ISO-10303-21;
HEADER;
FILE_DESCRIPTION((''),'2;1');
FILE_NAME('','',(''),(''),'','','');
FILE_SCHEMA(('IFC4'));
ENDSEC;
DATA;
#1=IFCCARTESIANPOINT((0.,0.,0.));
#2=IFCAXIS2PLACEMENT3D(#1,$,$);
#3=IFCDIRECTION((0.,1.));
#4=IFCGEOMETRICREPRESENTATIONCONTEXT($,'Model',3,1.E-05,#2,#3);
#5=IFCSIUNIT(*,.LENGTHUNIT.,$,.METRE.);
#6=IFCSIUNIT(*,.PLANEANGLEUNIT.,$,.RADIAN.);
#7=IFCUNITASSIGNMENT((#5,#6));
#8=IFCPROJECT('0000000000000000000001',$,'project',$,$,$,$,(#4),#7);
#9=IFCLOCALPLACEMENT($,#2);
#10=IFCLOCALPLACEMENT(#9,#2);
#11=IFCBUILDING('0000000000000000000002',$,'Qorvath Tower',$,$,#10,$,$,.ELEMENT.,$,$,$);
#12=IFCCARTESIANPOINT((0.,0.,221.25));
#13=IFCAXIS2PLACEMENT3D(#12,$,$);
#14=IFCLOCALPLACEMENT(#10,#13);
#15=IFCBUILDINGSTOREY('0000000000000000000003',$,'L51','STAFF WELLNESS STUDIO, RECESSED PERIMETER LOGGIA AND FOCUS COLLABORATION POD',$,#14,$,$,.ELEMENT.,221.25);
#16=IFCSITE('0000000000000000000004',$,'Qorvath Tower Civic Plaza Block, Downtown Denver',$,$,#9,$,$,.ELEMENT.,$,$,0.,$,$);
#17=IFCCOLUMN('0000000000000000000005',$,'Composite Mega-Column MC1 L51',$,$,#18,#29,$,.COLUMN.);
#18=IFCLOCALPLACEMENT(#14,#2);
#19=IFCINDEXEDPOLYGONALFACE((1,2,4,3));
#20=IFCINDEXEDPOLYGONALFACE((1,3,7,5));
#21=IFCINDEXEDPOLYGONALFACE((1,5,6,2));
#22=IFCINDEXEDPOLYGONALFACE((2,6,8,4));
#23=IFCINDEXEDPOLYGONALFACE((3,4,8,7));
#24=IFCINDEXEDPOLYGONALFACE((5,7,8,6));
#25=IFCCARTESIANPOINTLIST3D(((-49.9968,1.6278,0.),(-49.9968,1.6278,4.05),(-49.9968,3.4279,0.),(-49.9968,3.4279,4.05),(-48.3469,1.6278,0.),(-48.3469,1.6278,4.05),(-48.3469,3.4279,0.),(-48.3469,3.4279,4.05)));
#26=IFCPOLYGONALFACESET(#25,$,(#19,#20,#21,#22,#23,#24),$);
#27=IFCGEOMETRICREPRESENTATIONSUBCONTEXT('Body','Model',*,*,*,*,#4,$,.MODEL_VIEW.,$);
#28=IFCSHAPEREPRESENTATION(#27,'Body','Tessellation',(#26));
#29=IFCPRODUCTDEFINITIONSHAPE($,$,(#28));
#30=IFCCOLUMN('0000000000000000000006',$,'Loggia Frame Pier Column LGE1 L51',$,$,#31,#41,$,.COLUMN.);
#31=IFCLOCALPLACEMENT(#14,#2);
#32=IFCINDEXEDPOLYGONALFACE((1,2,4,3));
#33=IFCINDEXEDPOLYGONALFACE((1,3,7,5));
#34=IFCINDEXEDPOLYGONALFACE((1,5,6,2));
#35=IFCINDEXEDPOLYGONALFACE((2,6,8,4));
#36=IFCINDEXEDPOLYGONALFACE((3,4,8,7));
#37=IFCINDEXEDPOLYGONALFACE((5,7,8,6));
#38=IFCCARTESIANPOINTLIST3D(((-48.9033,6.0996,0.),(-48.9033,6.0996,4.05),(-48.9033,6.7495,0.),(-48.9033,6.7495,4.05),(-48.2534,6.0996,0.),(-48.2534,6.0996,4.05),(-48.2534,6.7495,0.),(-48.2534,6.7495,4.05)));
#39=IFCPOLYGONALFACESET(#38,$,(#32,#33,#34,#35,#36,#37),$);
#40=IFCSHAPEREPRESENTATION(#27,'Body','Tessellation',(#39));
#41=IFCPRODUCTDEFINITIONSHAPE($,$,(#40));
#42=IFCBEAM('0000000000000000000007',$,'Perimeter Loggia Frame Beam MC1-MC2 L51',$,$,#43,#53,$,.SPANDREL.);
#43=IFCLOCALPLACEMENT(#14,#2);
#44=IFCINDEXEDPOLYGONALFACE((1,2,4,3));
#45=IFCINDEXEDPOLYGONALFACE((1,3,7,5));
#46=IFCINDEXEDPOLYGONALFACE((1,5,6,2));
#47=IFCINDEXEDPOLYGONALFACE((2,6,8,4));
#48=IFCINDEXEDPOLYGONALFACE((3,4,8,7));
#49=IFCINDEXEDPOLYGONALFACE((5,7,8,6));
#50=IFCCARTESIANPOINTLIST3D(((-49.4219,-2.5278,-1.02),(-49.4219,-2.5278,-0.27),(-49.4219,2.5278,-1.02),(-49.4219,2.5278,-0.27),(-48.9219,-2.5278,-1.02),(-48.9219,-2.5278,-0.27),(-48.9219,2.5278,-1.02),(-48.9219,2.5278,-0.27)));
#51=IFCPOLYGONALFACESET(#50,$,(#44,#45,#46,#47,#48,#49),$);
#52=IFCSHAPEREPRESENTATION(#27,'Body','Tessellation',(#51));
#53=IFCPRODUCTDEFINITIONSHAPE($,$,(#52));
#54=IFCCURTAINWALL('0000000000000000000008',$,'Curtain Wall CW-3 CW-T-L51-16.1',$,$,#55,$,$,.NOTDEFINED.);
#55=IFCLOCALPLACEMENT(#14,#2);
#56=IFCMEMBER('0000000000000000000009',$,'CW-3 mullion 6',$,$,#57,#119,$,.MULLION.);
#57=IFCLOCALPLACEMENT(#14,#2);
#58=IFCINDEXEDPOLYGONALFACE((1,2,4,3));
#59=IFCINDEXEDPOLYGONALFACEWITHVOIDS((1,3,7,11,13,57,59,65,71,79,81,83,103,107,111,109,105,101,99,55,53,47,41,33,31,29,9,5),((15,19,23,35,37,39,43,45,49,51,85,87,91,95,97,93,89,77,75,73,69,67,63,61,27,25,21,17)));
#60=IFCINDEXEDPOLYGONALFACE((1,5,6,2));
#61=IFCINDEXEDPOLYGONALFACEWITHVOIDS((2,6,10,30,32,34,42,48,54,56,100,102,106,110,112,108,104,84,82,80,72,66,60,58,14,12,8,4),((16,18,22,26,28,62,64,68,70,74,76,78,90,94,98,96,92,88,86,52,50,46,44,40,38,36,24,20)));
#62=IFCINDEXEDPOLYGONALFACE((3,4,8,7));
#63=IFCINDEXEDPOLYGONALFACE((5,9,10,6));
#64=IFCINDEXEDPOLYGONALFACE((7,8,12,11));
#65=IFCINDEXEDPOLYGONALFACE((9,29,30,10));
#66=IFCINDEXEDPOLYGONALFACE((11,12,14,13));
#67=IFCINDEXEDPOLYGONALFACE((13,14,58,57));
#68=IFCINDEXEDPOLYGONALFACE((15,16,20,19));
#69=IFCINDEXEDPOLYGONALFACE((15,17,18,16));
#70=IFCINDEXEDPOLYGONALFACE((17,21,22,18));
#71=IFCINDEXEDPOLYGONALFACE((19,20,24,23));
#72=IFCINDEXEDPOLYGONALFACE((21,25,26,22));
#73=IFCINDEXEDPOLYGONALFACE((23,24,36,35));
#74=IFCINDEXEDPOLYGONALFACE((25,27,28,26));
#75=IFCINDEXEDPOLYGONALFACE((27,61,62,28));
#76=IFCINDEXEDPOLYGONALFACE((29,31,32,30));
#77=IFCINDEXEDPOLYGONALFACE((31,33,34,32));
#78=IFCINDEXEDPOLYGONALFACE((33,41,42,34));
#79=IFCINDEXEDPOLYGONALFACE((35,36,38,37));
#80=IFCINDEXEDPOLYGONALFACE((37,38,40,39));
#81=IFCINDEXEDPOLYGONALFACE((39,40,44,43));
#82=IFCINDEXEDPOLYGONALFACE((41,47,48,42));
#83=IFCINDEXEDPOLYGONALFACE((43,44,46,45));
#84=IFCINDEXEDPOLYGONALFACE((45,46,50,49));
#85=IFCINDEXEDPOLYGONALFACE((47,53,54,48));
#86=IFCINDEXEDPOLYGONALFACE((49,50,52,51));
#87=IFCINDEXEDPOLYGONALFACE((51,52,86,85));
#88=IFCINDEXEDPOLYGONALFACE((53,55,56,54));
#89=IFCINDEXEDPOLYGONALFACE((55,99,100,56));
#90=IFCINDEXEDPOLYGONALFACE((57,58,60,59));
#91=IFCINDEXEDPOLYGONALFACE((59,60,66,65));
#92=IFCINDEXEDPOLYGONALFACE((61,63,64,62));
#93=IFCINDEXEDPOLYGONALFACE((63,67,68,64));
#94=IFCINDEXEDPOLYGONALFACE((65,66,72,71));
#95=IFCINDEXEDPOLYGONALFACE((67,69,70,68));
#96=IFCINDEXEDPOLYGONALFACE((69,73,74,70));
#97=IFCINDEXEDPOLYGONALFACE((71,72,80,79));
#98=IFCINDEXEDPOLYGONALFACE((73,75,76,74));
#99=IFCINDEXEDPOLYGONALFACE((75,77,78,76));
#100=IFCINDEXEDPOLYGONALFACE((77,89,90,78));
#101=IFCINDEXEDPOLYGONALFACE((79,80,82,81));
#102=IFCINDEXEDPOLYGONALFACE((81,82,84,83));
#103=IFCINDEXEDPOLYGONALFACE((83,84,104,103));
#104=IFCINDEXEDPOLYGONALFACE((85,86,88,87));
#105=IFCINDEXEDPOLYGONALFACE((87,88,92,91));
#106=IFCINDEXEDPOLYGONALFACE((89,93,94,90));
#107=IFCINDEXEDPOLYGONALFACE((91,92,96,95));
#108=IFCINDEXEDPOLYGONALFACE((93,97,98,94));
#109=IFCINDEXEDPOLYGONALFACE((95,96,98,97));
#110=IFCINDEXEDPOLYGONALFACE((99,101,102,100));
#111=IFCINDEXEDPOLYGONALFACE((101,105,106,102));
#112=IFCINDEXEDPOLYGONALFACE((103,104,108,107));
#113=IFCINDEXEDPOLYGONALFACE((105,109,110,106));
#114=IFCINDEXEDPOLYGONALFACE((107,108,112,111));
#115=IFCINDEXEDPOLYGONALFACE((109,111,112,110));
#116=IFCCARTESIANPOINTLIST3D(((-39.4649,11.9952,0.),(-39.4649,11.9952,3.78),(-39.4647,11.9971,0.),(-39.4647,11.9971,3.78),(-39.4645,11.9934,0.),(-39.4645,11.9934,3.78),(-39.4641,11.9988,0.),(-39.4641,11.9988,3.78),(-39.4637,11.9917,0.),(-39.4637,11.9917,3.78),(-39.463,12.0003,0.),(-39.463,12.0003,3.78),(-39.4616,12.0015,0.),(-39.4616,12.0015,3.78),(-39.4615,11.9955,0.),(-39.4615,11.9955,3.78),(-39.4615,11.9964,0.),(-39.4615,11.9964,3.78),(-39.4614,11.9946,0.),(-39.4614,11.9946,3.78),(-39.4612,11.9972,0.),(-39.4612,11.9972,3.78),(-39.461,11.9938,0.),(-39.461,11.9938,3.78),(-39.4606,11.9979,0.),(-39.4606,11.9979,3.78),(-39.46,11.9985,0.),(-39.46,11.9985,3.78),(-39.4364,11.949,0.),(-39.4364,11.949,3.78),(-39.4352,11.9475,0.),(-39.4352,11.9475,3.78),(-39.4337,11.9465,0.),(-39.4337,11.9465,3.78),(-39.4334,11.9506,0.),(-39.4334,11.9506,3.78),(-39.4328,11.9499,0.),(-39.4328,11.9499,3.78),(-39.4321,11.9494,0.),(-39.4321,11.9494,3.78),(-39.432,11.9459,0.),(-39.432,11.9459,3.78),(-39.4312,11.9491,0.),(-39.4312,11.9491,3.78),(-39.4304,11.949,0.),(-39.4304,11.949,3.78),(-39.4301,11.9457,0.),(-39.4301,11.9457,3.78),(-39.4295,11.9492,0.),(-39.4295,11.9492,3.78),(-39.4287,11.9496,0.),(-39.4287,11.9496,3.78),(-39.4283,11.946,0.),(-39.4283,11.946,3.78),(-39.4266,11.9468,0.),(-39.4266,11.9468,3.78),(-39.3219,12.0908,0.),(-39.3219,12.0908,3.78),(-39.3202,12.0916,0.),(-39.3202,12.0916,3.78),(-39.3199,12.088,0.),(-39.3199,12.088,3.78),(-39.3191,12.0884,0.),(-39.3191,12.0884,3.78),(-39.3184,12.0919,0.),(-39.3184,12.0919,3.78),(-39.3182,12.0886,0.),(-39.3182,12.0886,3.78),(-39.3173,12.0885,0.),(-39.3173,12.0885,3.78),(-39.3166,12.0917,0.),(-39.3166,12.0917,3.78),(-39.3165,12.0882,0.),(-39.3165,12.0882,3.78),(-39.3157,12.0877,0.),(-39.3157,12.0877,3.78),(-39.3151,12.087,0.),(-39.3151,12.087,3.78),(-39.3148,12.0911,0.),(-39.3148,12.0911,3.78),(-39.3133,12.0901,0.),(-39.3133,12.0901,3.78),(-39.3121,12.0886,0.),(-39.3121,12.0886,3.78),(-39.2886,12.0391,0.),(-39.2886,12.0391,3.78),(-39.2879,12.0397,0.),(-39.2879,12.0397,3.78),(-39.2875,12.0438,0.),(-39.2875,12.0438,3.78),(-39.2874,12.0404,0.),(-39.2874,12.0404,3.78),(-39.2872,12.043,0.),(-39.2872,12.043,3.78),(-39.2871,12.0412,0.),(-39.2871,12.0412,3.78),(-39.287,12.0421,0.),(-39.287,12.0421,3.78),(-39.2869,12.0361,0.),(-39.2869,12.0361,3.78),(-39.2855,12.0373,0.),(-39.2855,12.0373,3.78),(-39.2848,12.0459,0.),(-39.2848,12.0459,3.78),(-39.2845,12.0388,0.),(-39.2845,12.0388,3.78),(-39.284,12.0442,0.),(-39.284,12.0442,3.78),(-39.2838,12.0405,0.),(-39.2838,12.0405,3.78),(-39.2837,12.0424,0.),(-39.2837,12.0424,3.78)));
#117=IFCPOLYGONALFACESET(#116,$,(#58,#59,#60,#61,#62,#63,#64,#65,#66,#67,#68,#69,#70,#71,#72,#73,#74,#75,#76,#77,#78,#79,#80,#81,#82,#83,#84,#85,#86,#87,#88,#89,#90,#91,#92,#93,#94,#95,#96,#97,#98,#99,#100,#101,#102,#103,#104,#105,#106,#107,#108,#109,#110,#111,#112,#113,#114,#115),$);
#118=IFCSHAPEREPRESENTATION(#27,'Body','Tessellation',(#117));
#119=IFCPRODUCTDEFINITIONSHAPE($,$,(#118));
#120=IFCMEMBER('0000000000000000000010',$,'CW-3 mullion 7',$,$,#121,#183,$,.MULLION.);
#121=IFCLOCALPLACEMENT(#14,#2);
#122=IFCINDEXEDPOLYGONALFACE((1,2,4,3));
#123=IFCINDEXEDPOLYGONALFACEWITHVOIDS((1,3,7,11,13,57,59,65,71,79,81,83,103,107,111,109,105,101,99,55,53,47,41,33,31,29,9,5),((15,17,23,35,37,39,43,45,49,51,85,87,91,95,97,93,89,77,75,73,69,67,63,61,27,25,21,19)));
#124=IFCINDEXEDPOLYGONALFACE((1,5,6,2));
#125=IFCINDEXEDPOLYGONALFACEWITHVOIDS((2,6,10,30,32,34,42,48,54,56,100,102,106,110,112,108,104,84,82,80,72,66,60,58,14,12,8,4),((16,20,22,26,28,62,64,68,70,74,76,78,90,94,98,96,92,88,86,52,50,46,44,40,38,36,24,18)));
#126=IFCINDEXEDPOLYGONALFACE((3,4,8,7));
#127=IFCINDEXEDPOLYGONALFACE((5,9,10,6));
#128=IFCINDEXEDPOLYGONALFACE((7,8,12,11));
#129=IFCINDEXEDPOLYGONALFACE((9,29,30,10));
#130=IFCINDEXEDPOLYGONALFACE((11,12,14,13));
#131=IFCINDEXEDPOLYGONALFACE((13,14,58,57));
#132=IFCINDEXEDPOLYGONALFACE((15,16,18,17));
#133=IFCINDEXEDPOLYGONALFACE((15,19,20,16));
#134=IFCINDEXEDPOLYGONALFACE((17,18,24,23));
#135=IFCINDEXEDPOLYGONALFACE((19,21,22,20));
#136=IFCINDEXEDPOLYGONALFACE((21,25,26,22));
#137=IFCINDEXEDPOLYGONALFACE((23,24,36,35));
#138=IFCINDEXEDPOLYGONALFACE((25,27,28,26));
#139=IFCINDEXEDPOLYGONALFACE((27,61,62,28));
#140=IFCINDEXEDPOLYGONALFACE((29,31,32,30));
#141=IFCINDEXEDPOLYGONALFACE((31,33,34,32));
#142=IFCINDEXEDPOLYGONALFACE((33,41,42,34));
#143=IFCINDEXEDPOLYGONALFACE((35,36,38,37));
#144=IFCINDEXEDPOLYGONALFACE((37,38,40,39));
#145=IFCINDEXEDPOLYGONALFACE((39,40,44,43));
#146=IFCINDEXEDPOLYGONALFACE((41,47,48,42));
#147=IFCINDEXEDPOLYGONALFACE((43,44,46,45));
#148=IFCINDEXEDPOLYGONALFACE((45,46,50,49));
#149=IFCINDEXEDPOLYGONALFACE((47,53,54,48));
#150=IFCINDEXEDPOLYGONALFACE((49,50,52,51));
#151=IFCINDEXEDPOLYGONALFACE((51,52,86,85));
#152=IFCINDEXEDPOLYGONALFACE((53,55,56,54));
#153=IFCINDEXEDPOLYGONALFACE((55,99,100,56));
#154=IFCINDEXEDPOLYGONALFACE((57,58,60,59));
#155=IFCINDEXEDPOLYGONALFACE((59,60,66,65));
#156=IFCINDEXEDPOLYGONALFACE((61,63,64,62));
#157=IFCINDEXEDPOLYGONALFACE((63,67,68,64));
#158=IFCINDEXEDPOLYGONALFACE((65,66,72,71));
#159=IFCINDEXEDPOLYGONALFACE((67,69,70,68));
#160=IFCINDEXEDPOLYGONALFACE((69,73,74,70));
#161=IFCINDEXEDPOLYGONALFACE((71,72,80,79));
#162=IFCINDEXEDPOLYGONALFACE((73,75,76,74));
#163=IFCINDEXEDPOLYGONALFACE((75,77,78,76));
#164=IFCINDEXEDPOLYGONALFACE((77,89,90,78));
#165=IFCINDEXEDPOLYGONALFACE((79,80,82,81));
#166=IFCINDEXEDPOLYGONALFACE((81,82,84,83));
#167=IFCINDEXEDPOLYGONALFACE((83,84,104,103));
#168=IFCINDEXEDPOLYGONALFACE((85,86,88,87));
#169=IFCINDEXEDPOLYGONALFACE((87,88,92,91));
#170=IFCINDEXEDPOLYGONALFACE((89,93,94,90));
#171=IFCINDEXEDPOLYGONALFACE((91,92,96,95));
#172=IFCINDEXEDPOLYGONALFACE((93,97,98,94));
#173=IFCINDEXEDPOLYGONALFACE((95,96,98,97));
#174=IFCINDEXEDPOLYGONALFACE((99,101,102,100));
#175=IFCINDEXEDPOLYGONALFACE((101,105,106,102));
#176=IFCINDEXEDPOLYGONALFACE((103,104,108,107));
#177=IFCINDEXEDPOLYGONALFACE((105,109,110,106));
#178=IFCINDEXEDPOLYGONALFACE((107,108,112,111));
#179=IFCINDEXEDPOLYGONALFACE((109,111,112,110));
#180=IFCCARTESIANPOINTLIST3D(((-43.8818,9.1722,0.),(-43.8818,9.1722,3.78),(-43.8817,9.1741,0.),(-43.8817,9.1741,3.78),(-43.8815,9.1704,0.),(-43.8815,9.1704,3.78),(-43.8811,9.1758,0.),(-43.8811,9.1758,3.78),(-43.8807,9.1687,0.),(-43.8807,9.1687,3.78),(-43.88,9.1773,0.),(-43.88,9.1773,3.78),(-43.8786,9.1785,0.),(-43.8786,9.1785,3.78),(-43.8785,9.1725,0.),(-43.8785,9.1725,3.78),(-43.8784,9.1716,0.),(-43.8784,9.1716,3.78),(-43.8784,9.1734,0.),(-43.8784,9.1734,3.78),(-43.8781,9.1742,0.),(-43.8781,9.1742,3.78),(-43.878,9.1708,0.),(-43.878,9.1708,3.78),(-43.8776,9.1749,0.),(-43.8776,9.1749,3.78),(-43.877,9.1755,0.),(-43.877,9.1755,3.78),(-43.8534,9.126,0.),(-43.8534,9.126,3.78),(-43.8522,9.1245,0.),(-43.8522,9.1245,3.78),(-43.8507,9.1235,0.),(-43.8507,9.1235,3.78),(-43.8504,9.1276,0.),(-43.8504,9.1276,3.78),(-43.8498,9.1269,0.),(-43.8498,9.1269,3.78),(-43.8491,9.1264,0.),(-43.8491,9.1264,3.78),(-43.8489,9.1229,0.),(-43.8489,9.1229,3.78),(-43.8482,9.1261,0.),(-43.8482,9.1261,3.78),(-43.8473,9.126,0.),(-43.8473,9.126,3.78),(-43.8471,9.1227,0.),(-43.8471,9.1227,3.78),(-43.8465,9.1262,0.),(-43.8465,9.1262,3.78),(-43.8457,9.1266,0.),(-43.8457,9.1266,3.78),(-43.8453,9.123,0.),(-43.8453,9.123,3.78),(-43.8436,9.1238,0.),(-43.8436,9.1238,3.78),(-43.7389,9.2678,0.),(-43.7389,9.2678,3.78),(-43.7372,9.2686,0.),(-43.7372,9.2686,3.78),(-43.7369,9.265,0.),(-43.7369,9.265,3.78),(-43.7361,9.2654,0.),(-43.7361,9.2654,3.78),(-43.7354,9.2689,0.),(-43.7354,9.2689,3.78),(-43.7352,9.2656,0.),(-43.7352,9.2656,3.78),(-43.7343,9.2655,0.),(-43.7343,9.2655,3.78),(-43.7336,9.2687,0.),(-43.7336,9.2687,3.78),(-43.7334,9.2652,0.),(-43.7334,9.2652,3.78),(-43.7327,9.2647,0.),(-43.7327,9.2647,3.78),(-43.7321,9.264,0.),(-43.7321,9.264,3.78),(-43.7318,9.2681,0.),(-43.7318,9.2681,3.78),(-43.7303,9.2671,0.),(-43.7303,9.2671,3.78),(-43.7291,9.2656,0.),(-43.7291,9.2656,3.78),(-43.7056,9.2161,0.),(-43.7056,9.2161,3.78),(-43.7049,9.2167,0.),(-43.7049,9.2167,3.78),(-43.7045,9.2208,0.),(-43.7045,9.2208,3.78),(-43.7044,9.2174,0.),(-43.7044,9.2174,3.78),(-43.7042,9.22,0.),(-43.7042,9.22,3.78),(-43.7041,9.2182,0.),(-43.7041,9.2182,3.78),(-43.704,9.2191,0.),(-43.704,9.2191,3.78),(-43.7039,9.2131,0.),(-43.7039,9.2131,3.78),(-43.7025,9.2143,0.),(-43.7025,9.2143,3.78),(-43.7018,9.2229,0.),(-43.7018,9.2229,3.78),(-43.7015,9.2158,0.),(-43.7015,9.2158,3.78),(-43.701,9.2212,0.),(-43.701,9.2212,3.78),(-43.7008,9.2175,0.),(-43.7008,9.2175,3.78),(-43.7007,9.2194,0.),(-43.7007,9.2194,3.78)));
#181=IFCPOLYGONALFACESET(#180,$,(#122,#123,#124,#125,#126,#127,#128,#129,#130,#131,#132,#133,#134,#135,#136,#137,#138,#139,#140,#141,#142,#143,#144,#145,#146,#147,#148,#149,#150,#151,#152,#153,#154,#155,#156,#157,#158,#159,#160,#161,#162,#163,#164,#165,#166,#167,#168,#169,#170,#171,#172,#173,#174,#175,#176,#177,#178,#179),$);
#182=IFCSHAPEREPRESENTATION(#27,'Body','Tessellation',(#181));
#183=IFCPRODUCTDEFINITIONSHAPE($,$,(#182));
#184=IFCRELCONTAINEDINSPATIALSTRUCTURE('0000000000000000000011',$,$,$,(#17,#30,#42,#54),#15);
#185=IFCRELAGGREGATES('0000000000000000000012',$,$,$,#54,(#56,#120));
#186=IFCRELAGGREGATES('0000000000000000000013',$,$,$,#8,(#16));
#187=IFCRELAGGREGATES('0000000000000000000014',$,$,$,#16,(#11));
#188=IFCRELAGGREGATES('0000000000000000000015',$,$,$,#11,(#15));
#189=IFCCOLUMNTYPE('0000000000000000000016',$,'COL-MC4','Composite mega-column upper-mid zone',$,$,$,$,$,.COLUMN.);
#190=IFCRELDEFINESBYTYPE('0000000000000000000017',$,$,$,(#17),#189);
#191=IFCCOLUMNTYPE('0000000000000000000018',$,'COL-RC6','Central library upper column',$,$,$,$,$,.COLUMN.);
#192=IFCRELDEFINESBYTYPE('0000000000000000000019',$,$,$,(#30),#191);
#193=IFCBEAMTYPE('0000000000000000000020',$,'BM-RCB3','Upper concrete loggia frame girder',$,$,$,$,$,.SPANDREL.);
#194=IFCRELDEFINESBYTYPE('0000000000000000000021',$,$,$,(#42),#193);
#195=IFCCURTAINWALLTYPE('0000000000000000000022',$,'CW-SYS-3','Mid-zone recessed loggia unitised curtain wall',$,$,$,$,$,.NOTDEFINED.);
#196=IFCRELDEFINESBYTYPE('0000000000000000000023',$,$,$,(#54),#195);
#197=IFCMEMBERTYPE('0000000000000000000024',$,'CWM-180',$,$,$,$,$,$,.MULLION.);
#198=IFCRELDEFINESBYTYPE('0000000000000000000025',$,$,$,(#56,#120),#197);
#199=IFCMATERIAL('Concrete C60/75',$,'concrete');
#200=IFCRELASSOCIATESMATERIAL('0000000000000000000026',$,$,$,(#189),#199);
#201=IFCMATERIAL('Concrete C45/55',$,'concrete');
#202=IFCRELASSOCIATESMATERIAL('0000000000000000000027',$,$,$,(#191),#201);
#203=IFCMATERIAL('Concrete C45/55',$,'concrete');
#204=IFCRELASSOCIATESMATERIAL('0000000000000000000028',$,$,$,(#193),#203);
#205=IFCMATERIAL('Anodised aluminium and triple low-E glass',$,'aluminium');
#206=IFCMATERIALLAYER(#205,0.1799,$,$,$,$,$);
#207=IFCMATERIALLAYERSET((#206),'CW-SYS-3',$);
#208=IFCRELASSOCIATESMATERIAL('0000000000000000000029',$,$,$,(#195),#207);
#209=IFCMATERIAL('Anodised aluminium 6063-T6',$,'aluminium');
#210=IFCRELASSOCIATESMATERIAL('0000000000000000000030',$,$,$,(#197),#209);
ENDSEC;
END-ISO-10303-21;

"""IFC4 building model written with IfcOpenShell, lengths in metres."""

from ifc_helpers import new_model, si_unit, direction, frame, origin, origin_2d, place, context, subcontext, project, spatial, rectangle, hollow_rectangle, extrude, material, layer, layer_set, material_profile, profile_set, type_object, element, aggregate, save


model = new_model("IFC4")

# Units and contexts
model_context = context("Model", 3, precision=1e-05, world=origin(), true_north=direction((0.0, 1.0)))
body_context = subcontext(model_context, "Body", "Model", "MODEL_VIEW")
ifc_project = project(units=[si_unit("LENGTHUNIT", "METRE"), si_unit("PLANEANGLEUNIT", "RADIAN")], contexts=[model_context])

# Site, building, storey
site_placement = place(None, origin())
site = spatial("IfcSite", under=ifc_project, at=site_placement, Name="Qorvath Tower Civic Plaza Block, Downtown Denver", CompositionType="ELEMENT", RefElevation=0.0)
building_placement = place(site_placement, origin())
building = spatial("IfcBuilding", under=site, at=building_placement, Name="Qorvath Tower", CompositionType="ELEMENT")
storey_placement = place(building_placement, frame((0.0, 0.0, 221.25)))
storey = spatial("IfcBuildingStorey", under=building, at=storey_placement, Name="L51", Description="STAFF WELLNESS STUDIO, RECESSED PERIMETER LOGGIA AND FOCUS COLLABORATION POD", CompositionType="ELEMENT", Elevation=221.25)

# Columns
ifc_material_1 = material(Name="Concrete C60/75", Category="concrete")
ifc_material_profile_1 = material_profile(ifc_material_1, rectangle(XDim=1.6499, YDim=1.8, at=origin_2d()), Name="MC 1800x1650")
ifc_profile_set_1 = profile_set([ifc_material_profile_1], Name="Concrete C60/75")
column_type_1 = type_object("IfcColumnType", Name="COL-MC4", Description="Composite mega-column upper-mid zone", PredefinedType="COLUMN", material=ifc_profile_set_1)
column_1_placement = place(storey_placement, frame((-49.1719, 2.5278, 0.0), z_axis=(0.0, 0.0, 1.0), x_axis=(1.0, 0.0, 0.0)))
element("IfcColumn", 1, at=column_1_placement, inside=storey, type_object=column_type_1, Name="Composite Mega-Column MC1 L51", PredefinedType="COLUMN", context=body_context, shape_type="SweptSolid", body=[
    extrude(rectangle(XDim=1.6499, YDim=1.8, at=origin_2d()), origin(), (0.0, 0.0, 1.0), 4.05),
])
ifc_material_2 = material(Name="Concrete C45/55", Category="concrete")
ifc_material_profile_2 = material_profile(ifc_material_2, rectangle(XDim=0.6499, YDim=0.6499, at=origin_2d()), Name="RC 650x650")
ifc_profile_set_2 = profile_set([ifc_material_profile_2], Name="Concrete C45/55")
column_type_2 = type_object("IfcColumnType", Name="COL-RC6", Description="Central library upper column", PredefinedType="COLUMN", material=ifc_profile_set_2)
column_2_placement = place(storey_placement, frame((-48.5784, 6.4246, 0.0), z_axis=(0.0, 0.0, 1.0), x_axis=(1.0, 0.0, 0.0)))
element("IfcColumn", 2, at=column_2_placement, inside=storey, type_object=column_type_2, Name="Loggia Frame Pier Column LGE1 L51", PredefinedType="COLUMN", context=body_context, shape_type="SweptSolid", body=[
    extrude(rectangle(XDim=0.6499, YDim=0.6499, at=origin_2d()), origin(), (0.0, 0.0, 1.0), 4.05),
])

# Beam
ifc_material_3 = material(Name="Concrete C45/55", Category="concrete")
ifc_material_profile_3 = material_profile(ifc_material_3, rectangle(XDim=0.5, YDim=0.75, at=origin_2d()), Name="RCB 750x500")
ifc_profile_set_3 = profile_set([ifc_material_profile_3], Name="Concrete C45/55")
beam_type = type_object("IfcBeamType", Name="BM-RCB3", Description="Upper concrete loggia frame girder", PredefinedType="SPANDREL", material=ifc_profile_set_3)
beam_placement = place(storey_placement, frame((-49.1719, 2.5278, -0.645), z_axis=(0.0, -1.0, 0.0), x_axis=(1.0, 0.0, 0.0)))
element("IfcBeam", 3, at=beam_placement, inside=storey, type_object=beam_type, Name="Perimeter Loggia Frame Beam MC1-MC2 L51", PredefinedType="SPANDREL", context=body_context, shape_type="SweptSolid", body=[
    extrude(rectangle(XDim=0.5, YDim=0.75, at=origin_2d()), origin(), (0.0, 0.0, 1.0), 5.0557),
])

# Curtain wall, members
ifc_material_4 = material(Name="Anodised aluminium and triple low-E glass", Category="aluminium")
ifc_layer_1 = layer(ifc_material_4, 0.1799)
ifc_layer_set_1 = layer_set([ifc_layer_1], Name="CW-SYS-3")
curtain_wall_type = type_object("IfcCurtainWallType", Name="CW-SYS-3", Description="Mid-zone recessed loggia unitised curtain wall", PredefinedType="NOTDEFINED", material=ifc_layer_set_1)
curtain_wall_1_placement = place(storey_placement, origin())
curtain_wall_1 = element("IfcCurtainWall", 4, at=curtain_wall_1_placement, inside=storey, type_object=curtain_wall_type, Name="Curtain Wall CW-3 CW-T-L51-16.1", PredefinedType="NOTDEFINED")
ifc_material_5 = material(Name="Anodised aluminium 6063-T6", Category="aluminium")
ifc_material_profile_4 = material_profile(ifc_material_5, hollow_rectangle(XDim=0.0649, YDim=0.1799, WallThickness=0.0034, InnerFilletRadius=0.0034, OuterFilletRadius=0.0071, at=origin_2d()), Name="CWM 180x65")
ifc_profile_set_4 = profile_set([ifc_material_profile_4], Name="Anodised aluminium 6063-T6")
member_type_1 = type_object("IfcMemberType", Name="CWM-180", PredefinedType="MULLION", material=ifc_profile_set_4)
member_1_placement = place(storey_placement, frame((-39.3743, 12.0188, 0.0), z_axis=(0.0, 0.0, 1.0), x_axis=(0.538535, -0.842603, 0.0)))
member_1 = element("IfcMember", 5, at=member_1_placement, type_object=member_type_1, Name="CW-3 mullion 6", PredefinedType="MULLION", context=body_context, shape_type="SweptSolid", body=[
    extrude(hollow_rectangle(XDim=0.0649, YDim=0.1799, WallThickness=0.0034, InnerFilletRadius=0.0034, OuterFilletRadius=0.0071, at=origin_2d()), origin(), (0.0, 0.0, 1.0), 3.78),
])
member_2_placement = place(storey_placement, frame((-43.7913, 9.1958, 0.0), z_axis=(0.0, 0.0, 1.0), x_axis=(0.538535, -0.842603, 0.0)))
member_2 = element("IfcMember", 6, at=member_2_placement, type_object=member_type_1, Name="CW-3 mullion 7", PredefinedType="MULLION", context=body_context, shape_type="SweptSolid", body=[
    extrude(hollow_rectangle(XDim=0.0649, YDim=0.1799, WallThickness=0.0034, InnerFilletRadius=0.0034, OuterFilletRadius=0.0071, at=origin_2d()), origin(), (0.0, 0.0, 1.0), 3.78),
])

aggregate(curtain_wall_1, [member_1, member_2])

save(model, "model.ifc")
